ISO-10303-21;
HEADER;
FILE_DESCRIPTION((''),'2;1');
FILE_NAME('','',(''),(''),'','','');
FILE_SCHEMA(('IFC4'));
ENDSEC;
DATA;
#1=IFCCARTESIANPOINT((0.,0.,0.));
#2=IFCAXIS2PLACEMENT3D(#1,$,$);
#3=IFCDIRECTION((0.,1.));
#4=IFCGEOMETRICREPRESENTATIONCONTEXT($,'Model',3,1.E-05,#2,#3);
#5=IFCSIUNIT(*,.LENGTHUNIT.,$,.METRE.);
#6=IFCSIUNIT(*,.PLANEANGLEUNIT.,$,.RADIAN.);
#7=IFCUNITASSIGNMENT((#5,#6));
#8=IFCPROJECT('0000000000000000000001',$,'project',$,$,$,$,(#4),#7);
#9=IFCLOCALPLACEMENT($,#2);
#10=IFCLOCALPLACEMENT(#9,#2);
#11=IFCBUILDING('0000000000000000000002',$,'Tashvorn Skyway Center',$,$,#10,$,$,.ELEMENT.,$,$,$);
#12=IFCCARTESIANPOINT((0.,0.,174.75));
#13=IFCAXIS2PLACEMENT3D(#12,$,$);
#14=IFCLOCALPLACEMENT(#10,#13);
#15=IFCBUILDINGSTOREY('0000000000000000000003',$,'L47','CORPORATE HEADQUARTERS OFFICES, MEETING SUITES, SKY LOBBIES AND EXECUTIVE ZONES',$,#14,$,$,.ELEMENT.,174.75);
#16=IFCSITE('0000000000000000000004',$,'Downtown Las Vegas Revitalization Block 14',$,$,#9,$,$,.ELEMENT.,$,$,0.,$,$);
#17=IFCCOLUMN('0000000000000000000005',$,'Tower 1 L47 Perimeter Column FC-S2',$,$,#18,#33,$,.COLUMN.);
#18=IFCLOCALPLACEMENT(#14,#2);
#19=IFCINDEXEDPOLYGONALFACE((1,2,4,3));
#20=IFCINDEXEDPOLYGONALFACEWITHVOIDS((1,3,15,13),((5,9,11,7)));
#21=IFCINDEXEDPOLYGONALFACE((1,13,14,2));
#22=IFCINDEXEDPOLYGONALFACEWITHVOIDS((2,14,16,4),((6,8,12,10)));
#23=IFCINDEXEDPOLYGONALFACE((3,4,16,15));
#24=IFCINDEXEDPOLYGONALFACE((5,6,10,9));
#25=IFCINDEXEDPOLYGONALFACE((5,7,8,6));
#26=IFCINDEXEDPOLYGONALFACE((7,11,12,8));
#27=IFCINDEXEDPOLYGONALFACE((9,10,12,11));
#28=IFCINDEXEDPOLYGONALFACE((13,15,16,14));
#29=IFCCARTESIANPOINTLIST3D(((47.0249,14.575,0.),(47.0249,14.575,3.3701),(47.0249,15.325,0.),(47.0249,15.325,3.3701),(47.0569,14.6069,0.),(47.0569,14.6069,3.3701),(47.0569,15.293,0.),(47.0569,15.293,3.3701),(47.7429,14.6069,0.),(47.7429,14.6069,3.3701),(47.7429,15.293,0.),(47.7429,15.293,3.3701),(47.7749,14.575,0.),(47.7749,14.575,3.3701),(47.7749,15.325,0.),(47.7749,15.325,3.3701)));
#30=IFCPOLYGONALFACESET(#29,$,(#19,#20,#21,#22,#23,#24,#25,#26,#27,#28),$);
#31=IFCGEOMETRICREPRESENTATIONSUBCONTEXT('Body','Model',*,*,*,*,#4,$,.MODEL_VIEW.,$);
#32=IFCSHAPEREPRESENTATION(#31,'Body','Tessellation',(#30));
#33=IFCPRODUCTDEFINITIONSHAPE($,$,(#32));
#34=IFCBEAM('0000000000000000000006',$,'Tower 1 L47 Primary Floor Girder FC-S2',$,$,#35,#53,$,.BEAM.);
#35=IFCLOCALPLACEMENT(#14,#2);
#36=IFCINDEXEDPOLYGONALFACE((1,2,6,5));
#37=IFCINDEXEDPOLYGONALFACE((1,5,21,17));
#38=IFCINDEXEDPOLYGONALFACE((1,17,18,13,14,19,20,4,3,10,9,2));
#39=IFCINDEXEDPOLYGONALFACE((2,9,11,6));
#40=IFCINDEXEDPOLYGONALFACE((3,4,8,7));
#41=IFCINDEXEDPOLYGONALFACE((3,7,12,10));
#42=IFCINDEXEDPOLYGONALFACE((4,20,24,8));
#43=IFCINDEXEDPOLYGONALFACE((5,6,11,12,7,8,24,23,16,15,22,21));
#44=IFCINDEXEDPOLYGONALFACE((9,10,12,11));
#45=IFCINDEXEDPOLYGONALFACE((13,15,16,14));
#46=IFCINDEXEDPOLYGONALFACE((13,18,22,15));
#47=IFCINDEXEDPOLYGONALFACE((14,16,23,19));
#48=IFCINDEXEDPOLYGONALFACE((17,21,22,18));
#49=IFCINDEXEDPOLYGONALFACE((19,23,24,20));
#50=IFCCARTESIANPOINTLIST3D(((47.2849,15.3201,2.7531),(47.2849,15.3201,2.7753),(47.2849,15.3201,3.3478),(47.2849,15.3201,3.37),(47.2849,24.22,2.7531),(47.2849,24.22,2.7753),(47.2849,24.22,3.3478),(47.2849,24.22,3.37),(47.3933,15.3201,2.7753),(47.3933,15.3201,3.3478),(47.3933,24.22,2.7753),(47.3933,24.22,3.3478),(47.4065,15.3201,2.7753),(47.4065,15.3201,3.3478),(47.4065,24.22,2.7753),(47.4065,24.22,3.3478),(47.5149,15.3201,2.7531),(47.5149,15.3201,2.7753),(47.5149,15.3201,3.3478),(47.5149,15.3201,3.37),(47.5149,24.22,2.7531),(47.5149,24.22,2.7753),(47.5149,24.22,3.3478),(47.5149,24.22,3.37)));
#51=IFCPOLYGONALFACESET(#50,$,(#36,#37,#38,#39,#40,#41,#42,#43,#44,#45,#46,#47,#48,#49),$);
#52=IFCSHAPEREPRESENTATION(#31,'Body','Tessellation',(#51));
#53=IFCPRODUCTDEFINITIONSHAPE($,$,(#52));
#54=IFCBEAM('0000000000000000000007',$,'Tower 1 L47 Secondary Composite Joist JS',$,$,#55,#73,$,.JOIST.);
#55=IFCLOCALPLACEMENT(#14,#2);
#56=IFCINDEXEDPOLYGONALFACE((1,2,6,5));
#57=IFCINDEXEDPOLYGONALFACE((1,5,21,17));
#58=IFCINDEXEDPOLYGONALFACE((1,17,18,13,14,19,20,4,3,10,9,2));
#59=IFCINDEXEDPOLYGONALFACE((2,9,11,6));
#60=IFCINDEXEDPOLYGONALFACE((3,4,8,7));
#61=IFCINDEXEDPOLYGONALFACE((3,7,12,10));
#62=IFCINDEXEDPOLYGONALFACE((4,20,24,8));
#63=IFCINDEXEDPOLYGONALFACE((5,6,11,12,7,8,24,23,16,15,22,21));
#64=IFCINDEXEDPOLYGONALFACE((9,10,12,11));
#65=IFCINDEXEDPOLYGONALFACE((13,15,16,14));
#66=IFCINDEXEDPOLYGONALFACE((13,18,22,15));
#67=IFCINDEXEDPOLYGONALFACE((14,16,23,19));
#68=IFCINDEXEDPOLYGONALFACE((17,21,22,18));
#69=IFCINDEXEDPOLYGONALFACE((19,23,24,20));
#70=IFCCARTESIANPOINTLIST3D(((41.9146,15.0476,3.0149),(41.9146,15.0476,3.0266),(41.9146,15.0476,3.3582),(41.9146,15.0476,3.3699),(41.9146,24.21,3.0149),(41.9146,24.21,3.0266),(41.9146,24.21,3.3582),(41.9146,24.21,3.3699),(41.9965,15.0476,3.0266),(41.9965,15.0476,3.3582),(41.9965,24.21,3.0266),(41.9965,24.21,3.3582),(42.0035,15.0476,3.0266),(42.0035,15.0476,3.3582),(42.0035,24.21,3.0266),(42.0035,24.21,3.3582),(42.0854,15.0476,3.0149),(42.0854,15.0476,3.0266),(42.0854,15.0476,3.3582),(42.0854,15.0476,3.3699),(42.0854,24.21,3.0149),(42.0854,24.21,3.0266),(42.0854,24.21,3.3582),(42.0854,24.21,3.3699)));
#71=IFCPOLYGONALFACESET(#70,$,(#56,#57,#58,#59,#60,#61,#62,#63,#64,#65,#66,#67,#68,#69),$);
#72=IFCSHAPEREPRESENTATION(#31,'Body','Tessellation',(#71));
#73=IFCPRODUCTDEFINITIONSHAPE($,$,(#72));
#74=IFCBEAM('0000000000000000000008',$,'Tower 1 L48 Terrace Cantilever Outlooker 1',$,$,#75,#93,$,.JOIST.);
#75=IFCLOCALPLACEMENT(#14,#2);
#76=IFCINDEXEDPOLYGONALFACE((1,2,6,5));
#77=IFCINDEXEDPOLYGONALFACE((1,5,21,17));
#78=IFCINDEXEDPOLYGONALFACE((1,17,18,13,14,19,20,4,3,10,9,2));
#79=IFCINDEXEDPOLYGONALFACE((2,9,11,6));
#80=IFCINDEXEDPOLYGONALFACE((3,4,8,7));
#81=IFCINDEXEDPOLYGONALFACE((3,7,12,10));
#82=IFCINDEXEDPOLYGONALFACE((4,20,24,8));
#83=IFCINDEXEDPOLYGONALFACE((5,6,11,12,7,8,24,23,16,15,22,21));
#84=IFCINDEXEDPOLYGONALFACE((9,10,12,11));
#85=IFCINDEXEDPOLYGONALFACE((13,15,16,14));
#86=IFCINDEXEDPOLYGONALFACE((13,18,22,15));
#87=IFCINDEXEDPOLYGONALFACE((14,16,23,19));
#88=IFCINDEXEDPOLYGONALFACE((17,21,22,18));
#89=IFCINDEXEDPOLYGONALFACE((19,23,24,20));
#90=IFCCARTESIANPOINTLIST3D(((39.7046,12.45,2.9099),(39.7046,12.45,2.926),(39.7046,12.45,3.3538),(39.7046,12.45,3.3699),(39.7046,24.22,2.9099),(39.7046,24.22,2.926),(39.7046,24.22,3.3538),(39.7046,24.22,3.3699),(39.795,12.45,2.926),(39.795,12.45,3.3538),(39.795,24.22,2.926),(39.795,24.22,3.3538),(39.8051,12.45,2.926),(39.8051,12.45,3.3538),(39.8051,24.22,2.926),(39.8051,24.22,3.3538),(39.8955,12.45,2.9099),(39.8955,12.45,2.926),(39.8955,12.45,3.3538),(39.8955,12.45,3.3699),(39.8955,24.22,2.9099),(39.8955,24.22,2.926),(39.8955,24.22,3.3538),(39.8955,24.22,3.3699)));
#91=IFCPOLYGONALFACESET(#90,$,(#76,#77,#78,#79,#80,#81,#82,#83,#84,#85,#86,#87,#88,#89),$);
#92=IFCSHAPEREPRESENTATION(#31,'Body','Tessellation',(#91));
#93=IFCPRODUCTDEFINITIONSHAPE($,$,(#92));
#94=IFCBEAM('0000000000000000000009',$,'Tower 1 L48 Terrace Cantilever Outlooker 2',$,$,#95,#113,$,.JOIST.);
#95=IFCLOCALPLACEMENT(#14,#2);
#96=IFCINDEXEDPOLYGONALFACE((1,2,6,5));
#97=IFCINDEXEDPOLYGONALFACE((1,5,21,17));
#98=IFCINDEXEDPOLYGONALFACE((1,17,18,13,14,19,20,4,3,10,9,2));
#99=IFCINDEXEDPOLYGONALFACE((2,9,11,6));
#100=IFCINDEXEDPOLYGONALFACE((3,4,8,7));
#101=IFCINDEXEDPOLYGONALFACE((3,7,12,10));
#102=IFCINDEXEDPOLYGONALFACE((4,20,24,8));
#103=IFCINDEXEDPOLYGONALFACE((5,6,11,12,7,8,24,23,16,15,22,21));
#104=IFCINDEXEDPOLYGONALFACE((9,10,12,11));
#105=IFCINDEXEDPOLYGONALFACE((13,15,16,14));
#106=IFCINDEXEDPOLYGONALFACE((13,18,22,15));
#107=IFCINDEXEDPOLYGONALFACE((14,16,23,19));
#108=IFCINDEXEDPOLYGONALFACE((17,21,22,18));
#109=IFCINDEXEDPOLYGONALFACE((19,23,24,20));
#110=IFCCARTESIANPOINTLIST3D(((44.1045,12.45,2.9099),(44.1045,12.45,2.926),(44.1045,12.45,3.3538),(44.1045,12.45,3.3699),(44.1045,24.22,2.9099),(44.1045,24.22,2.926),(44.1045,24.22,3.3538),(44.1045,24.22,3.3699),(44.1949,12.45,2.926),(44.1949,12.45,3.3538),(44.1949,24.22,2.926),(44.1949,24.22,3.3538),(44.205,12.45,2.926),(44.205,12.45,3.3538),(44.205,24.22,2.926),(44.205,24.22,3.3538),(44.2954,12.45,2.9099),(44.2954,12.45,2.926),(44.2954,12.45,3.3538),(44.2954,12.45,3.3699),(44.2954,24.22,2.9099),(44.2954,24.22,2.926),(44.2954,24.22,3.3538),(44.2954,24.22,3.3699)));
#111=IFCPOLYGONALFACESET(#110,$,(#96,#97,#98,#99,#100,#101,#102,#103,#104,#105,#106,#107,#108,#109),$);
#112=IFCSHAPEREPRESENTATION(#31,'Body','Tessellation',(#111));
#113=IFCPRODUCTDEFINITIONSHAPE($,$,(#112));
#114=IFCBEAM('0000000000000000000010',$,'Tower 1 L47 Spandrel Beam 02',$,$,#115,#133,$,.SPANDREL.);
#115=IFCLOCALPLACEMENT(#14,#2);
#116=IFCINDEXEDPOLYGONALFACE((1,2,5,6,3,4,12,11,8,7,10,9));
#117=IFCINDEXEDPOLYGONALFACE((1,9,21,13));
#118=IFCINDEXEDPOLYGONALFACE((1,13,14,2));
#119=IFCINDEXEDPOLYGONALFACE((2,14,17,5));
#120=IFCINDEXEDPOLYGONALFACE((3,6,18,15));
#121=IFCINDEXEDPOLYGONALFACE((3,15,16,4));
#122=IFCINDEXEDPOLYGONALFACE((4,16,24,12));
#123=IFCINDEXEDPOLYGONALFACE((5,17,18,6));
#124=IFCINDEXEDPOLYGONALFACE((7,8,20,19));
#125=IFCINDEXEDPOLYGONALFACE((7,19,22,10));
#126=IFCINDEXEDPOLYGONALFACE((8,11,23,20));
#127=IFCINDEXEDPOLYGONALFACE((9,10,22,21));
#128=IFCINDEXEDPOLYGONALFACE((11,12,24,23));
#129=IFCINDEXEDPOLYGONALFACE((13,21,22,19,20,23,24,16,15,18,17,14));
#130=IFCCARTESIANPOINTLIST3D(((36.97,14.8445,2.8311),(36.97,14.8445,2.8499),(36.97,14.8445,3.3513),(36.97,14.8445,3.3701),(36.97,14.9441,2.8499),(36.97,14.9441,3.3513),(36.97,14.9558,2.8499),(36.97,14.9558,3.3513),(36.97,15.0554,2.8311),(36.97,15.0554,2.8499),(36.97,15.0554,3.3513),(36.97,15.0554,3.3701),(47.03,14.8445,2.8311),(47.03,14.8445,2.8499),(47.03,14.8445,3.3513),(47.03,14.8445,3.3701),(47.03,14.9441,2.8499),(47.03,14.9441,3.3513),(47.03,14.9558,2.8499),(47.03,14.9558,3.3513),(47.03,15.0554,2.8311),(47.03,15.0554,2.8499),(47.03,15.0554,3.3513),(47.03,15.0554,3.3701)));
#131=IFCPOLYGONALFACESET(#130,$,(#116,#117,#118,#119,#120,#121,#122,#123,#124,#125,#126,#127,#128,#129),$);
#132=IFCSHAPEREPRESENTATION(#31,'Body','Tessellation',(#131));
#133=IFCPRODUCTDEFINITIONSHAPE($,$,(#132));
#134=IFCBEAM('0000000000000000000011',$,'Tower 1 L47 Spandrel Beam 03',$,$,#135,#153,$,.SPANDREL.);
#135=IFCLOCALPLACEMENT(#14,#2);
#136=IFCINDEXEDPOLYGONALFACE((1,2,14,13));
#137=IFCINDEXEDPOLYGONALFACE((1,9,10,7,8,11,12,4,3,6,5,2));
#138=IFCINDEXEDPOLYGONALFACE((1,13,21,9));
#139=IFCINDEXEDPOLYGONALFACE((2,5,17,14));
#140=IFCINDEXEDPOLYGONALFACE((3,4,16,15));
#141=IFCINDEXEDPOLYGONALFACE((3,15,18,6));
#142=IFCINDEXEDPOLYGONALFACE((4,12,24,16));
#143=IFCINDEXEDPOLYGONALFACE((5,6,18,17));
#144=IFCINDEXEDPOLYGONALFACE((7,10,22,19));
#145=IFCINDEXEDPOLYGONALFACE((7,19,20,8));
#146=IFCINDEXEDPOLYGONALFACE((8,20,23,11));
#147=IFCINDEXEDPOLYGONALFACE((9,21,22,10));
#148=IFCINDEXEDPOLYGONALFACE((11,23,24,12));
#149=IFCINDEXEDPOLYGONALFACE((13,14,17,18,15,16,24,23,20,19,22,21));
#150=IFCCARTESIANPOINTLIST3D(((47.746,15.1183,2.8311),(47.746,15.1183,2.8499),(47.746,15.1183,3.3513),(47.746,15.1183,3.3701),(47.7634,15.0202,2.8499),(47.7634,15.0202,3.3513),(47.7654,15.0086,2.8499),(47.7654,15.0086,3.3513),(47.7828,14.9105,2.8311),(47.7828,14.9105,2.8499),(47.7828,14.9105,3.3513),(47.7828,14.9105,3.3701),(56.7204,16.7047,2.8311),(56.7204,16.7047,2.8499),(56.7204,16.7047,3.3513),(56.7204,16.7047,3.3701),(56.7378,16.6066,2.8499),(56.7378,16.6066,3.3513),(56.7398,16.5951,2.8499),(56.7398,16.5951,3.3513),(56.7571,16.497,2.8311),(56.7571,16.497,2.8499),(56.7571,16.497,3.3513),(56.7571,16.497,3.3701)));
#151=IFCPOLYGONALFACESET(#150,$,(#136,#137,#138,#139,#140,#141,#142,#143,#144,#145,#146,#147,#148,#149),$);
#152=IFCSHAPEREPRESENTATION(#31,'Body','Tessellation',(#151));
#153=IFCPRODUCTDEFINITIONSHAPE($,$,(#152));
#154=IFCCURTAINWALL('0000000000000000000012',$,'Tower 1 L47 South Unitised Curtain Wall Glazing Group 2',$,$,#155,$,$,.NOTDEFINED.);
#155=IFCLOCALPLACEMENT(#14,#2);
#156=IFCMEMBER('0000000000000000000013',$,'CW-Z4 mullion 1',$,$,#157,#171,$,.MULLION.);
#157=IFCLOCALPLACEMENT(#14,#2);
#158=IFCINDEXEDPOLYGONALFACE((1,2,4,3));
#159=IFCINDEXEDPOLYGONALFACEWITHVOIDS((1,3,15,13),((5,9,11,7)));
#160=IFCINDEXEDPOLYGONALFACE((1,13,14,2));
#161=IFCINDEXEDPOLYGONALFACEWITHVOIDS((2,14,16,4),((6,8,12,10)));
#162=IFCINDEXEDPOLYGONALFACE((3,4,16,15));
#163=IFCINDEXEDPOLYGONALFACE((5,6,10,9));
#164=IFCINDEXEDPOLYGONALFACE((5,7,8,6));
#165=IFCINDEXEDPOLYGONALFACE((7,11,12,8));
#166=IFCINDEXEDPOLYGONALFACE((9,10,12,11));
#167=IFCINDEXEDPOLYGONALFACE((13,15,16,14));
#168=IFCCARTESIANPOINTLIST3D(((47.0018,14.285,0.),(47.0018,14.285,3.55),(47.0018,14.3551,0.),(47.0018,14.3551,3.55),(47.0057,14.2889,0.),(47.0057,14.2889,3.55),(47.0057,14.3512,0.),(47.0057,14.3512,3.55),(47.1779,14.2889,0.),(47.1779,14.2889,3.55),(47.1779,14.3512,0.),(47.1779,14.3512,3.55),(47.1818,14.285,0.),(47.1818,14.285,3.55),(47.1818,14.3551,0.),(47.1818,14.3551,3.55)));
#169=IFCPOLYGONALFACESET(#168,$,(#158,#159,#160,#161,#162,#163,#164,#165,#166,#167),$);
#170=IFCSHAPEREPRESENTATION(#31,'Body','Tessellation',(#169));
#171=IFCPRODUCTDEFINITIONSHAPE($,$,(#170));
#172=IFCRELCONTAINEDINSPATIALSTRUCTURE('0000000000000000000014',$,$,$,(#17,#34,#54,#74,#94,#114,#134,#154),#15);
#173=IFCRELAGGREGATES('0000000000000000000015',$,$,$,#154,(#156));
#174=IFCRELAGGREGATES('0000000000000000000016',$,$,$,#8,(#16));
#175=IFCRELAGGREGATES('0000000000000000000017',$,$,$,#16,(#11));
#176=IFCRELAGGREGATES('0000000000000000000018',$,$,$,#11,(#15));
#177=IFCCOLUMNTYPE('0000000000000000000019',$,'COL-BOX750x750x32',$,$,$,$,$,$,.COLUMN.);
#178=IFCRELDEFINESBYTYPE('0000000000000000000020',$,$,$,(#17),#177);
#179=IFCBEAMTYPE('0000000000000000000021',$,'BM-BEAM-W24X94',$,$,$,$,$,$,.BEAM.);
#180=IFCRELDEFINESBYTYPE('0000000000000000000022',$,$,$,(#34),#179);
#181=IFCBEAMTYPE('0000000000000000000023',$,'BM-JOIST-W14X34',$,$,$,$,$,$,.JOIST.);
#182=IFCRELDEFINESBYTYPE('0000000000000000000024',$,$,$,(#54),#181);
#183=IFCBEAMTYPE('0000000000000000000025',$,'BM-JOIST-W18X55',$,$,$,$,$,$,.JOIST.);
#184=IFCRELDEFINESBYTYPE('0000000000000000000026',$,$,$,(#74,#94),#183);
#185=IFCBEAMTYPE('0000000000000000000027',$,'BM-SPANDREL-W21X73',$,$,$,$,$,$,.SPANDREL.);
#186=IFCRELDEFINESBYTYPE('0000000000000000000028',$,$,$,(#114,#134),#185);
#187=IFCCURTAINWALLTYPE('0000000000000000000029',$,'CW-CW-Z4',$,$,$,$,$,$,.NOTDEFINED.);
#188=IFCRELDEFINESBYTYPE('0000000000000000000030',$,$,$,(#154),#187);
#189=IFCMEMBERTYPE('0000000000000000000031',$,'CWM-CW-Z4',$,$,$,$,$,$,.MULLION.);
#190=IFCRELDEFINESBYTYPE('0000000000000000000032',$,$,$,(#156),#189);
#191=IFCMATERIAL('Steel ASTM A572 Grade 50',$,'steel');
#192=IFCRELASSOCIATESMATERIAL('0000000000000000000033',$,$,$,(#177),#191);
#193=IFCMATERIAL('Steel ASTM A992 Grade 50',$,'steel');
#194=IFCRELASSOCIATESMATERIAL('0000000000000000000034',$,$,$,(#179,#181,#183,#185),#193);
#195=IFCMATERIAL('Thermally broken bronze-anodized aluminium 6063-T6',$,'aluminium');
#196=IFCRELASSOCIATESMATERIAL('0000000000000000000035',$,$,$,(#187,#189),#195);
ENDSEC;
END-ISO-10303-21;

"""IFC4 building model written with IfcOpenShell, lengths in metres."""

from ifc_helpers import new_model, si_unit, direction, frame, origin, origin_2d, place, context, subcontext, project, spatial, hollow_rectangle, i_section, extrude, material, material_profile, profile_set, type_object, element, aggregate, save


model = new_model("IFC4")

# Units and contexts
model_context = context("Model", 3, precision=1e-05, world=origin(), true_north=direction((0.0, 1.0)))
body_context = subcontext(model_context, "Body", "Model", "MODEL_VIEW")
ifc_project = project(units=[si_unit("LENGTHUNIT", "METRE"), si_unit("PLANEANGLEUNIT", "RADIAN")], contexts=[model_context])

# Site, building, storey
site_placement = place(None, origin())
site = spatial("IfcSite", under=ifc_project, at=site_placement, Name="Downtown Las Vegas Revitalization Block 14", CompositionType="ELEMENT", RefElevation=0.0)
building_placement = place(site_placement, origin())
building = spatial("IfcBuilding", under=site, at=building_placement, Name="Tashvorn Skyway Center", CompositionType="ELEMENT")
storey_placement = place(building_placement, frame((0.0, 0.0, 174.75)))
storey = spatial("IfcBuildingStorey", under=building, at=storey_placement, Name="L47", Description="CORPORATE HEADQUARTERS OFFICES, MEETING SUITES, SKY LOBBIES AND EXECUTIVE ZONES", CompositionType="ELEMENT", Elevation=174.75)

# Column
ifc_material_1 = material(Name="Steel ASTM A572 Grade 50", Category="steel")
ifc_material_profile_1 = material_profile(ifc_material_1, hollow_rectangle(XDim=0.75, YDim=0.75, WallThickness=0.032, at=origin_2d()), Name="BOX750x750x32")
ifc_profile_set_1 = profile_set([ifc_material_profile_1], Name="Steel ASTM A572 Grade 50")
column_type = type_object("IfcColumnType", Name="COL-BOX750x750x32", PredefinedType="COLUMN", material=ifc_profile_set_1)
column_placement = place(storey_placement, frame((47.3999, 14.95, 0.0), z_axis=(0.0, 0.0, 1.0), x_axis=(1.0, 0.0, 0.0)))
element("IfcColumn", 1, at=column_placement, inside=storey, type_object=column_type, Name="Tower 1 L47 Perimeter Column FC-S2", PredefinedType="COLUMN", context=body_context, shape_type="SweptSolid", body=[
    extrude(hollow_rectangle(XDim=0.75, YDim=0.75, WallThickness=0.032, at=origin_2d()), origin(), (0.0, 0.0, 1.0), 3.3701),
])

# Beams
ifc_material_2 = material(Name="Steel ASTM A992 Grade 50", Category="steel")
ifc_material_profile_2 = material_profile(ifc_material_2, i_section(OverallWidth=0.23, OverallDepth=0.6169, WebThickness=0.0132, FlangeThickness=0.0222, at=origin_2d()), Name="W24X94")
ifc_profile_set_2 = profile_set([ifc_material_profile_2], Name="Steel ASTM A992 Grade 50")
beam_type_1 = type_object("IfcBeamType", Name="BM-BEAM-W24X94", PredefinedType="BEAM", material=ifc_profile_set_2)
beam_1_placement = place(storey_placement, frame((47.3999, 15.3201, 3.0615), z_axis=(0.0, 1.0, 0.0), x_axis=(-1.0, 0.0, 0.0)))
element("IfcBeam", 2, at=beam_1_placement, inside=storey, type_object=beam_type_1, Name="Tower 1 L47 Primary Floor Girder FC-S2", PredefinedType="BEAM", context=body_context, shape_type="SweptSolid", body=[
    extrude(i_section(OverallWidth=0.23, OverallDepth=0.6169, WebThickness=0.0132, FlangeThickness=0.0222, at=origin_2d()), origin(), (0.0, 0.0, 1.0), 8.8999),
])
ifc_material_profile_3 = material_profile(ifc_material_2, i_section(OverallWidth=0.1709, OverallDepth=0.355, WebThickness=0.0071, FlangeThickness=0.0117, at=origin_2d()), Name="W14X34")
ifc_profile_set_3 = profile_set([ifc_material_profile_3], Name="Steel ASTM A992 Grade 50")
beam_type_2 = type_object("IfcBeamType", Name="BM-JOIST-W14X34", PredefinedType="JOIST", material=ifc_profile_set_3)
beam_2_placement = place(storey_placement, frame((42.0, 24.21, 3.1924), z_axis=(0.0, -1.0, 0.0), x_axis=(1.0, 0.0, 0.0)))
element("IfcBeam", 3, at=beam_2_placement, inside=storey, type_object=beam_type_2, Name="Tower 1 L47 Secondary Composite Joist JS", PredefinedType="JOIST", context=body_context, shape_type="SweptSolid", body=[
    extrude(i_section(OverallWidth=0.1709, OverallDepth=0.355, WebThickness=0.0071, FlangeThickness=0.0117, at=origin_2d()), origin(), (0.0, 0.0, 1.0), 9.1624),
])
ifc_material_profile_4 = material_profile(ifc_material_2, i_section(OverallWidth=0.1909, OverallDepth=0.46, WebThickness=0.01, FlangeThickness=0.0161, at=origin_2d()), Name="W18X55")
ifc_profile_set_4 = profile_set([ifc_material_profile_4], Name="Steel ASTM A992 Grade 50")
beam_type_3 = type_object("IfcBeamType", Name="BM-JOIST-W18X55", PredefinedType="JOIST", material=ifc_profile_set_4)
for number, where, z_axis, x_axis, name in (
    (4, (39.8, 24.22, 3.1399), (0.0, -1.0, 0.0), (1.0, 0.0, 0.0), "Tower 1 L48 Terrace Cantilever Outlooker 1"),
    (5, (44.2, 24.22, 3.1399), (0.0, -1.0, 0.0), (1.0, 0.0, 0.0), "Tower 1 L48 Terrace Cantilever Outlooker 2"),
):
    element("IfcBeam", number, at=place(storey_placement, frame(where, z_axis=z_axis, x_axis=x_axis)), inside=storey, type_object=beam_type_3, Name=name, PredefinedType="JOIST", context=body_context, shape_type="SweptSolid", body=[
        extrude(i_section(OverallWidth=0.1909, OverallDepth=0.46, WebThickness=0.01, FlangeThickness=0.0161, at=origin_2d()), origin(), (0.0, 0.0, 1.0), 11.77),
    ])
ifc_material_profile_5 = material_profile(ifc_material_2, i_section(OverallWidth=0.2109, OverallDepth=0.5391, WebThickness=0.0117, FlangeThickness=0.0188, at=origin_2d()), Name="W21X73")
ifc_profile_set_5 = profile_set([ifc_material_profile_5], Name="Steel ASTM A992 Grade 50")
beam_type_4 = type_object("IfcBeamType", Name="BM-SPANDREL-W21X73", PredefinedType="SPANDREL", material=ifc_profile_set_5)
beam_3_placement = place(storey_placement, frame((36.97, 14.95, 3.1006), z_axis=(1.0, 0.0, 0.0), x_axis=(0.0, 1.0, 0.0)))
element("IfcBeam", 6, at=beam_3_placement, inside=storey, type_object=beam_type_4, Name="Tower 1 L47 Spandrel Beam 02", PredefinedType="SPANDREL", context=body_context, shape_type="SweptSolid", body=[
    extrude(i_section(OverallWidth=0.2109, OverallDepth=0.5391, WebThickness=0.0117, FlangeThickness=0.0188, at=origin_2d()), origin(), (0.0, 0.0, 1.0), 10.0601),
])
beam_4_placement = place(storey_placement, frame((47.7644, 15.0144, 3.1006), z_axis=(0.984733, 0.174074, 0.0), x_axis=(-0.174074, 0.984733, 0.0)))
element("IfcBeam", 7, at=beam_4_placement, inside=storey, type_object=beam_type_4, Name="Tower 1 L47 Spandrel Beam 03", PredefinedType="SPANDREL", context=body_context, shape_type="SweptSolid", body=[
    extrude(i_section(OverallWidth=0.2109, OverallDepth=0.5391, WebThickness=0.0117, FlangeThickness=0.0188, at=origin_2d()), origin(), (0.0, 0.0, 1.0), 9.1135),
])

# Curtain wall, member
ifc_material_3 = material(Name="Thermally broken bronze-anodized aluminium 6063-T6", Category="aluminium")
curtain_wall_type = type_object("IfcCurtainWallType", Name="CW-CW-Z4", PredefinedType="NOTDEFINED", material=ifc_material_3)
curtain_wall_placement = place(storey_placement, origin())
curtain_wall = element("IfcCurtainWall", 8, at=curtain_wall_placement, inside=storey, type_object=curtain_wall_type, Name="Tower 1 L47 South Unitised Curtain Wall Glazing Group 2", PredefinedType="NOTDEFINED")
ifc_material_profile_6 = material_profile(ifc_material_3, hollow_rectangle(XDim=0.0701, YDim=0.1799, WallThickness=0.0039, at=origin_2d()), Name="ALU-MULL-70x180")
ifc_profile_set_6 = profile_set([ifc_material_profile_6], Name="Thermally broken bronze-anodized aluminium 6063-T6")
member_type_1 = type_object("IfcMemberType", Name="CWM-CW-Z4", PredefinedType="MULLION", material=ifc_profile_set_6)
member_1_placement = place(storey_placement, frame((47.0918, 14.3201, 0.0), z_axis=(0.0, 0.0, 1.0), x_axis=(0.0, -1.0, 0.0)))
member_1 = element("IfcMember", 9, at=member_1_placement, type_object=member_type_1, Name="CW-Z4 mullion 1", PredefinedType="MULLION", context=body_context, shape_type="SweptSolid", body=[
    extrude(hollow_rectangle(XDim=0.0701, YDim=0.1799, WallThickness=0.0039, at=origin_2d()), origin(), (0.0, 0.0, 1.0), 3.55),
])
aggregate(curtain_wall, [member_1])

save(model, "model.ifc")
